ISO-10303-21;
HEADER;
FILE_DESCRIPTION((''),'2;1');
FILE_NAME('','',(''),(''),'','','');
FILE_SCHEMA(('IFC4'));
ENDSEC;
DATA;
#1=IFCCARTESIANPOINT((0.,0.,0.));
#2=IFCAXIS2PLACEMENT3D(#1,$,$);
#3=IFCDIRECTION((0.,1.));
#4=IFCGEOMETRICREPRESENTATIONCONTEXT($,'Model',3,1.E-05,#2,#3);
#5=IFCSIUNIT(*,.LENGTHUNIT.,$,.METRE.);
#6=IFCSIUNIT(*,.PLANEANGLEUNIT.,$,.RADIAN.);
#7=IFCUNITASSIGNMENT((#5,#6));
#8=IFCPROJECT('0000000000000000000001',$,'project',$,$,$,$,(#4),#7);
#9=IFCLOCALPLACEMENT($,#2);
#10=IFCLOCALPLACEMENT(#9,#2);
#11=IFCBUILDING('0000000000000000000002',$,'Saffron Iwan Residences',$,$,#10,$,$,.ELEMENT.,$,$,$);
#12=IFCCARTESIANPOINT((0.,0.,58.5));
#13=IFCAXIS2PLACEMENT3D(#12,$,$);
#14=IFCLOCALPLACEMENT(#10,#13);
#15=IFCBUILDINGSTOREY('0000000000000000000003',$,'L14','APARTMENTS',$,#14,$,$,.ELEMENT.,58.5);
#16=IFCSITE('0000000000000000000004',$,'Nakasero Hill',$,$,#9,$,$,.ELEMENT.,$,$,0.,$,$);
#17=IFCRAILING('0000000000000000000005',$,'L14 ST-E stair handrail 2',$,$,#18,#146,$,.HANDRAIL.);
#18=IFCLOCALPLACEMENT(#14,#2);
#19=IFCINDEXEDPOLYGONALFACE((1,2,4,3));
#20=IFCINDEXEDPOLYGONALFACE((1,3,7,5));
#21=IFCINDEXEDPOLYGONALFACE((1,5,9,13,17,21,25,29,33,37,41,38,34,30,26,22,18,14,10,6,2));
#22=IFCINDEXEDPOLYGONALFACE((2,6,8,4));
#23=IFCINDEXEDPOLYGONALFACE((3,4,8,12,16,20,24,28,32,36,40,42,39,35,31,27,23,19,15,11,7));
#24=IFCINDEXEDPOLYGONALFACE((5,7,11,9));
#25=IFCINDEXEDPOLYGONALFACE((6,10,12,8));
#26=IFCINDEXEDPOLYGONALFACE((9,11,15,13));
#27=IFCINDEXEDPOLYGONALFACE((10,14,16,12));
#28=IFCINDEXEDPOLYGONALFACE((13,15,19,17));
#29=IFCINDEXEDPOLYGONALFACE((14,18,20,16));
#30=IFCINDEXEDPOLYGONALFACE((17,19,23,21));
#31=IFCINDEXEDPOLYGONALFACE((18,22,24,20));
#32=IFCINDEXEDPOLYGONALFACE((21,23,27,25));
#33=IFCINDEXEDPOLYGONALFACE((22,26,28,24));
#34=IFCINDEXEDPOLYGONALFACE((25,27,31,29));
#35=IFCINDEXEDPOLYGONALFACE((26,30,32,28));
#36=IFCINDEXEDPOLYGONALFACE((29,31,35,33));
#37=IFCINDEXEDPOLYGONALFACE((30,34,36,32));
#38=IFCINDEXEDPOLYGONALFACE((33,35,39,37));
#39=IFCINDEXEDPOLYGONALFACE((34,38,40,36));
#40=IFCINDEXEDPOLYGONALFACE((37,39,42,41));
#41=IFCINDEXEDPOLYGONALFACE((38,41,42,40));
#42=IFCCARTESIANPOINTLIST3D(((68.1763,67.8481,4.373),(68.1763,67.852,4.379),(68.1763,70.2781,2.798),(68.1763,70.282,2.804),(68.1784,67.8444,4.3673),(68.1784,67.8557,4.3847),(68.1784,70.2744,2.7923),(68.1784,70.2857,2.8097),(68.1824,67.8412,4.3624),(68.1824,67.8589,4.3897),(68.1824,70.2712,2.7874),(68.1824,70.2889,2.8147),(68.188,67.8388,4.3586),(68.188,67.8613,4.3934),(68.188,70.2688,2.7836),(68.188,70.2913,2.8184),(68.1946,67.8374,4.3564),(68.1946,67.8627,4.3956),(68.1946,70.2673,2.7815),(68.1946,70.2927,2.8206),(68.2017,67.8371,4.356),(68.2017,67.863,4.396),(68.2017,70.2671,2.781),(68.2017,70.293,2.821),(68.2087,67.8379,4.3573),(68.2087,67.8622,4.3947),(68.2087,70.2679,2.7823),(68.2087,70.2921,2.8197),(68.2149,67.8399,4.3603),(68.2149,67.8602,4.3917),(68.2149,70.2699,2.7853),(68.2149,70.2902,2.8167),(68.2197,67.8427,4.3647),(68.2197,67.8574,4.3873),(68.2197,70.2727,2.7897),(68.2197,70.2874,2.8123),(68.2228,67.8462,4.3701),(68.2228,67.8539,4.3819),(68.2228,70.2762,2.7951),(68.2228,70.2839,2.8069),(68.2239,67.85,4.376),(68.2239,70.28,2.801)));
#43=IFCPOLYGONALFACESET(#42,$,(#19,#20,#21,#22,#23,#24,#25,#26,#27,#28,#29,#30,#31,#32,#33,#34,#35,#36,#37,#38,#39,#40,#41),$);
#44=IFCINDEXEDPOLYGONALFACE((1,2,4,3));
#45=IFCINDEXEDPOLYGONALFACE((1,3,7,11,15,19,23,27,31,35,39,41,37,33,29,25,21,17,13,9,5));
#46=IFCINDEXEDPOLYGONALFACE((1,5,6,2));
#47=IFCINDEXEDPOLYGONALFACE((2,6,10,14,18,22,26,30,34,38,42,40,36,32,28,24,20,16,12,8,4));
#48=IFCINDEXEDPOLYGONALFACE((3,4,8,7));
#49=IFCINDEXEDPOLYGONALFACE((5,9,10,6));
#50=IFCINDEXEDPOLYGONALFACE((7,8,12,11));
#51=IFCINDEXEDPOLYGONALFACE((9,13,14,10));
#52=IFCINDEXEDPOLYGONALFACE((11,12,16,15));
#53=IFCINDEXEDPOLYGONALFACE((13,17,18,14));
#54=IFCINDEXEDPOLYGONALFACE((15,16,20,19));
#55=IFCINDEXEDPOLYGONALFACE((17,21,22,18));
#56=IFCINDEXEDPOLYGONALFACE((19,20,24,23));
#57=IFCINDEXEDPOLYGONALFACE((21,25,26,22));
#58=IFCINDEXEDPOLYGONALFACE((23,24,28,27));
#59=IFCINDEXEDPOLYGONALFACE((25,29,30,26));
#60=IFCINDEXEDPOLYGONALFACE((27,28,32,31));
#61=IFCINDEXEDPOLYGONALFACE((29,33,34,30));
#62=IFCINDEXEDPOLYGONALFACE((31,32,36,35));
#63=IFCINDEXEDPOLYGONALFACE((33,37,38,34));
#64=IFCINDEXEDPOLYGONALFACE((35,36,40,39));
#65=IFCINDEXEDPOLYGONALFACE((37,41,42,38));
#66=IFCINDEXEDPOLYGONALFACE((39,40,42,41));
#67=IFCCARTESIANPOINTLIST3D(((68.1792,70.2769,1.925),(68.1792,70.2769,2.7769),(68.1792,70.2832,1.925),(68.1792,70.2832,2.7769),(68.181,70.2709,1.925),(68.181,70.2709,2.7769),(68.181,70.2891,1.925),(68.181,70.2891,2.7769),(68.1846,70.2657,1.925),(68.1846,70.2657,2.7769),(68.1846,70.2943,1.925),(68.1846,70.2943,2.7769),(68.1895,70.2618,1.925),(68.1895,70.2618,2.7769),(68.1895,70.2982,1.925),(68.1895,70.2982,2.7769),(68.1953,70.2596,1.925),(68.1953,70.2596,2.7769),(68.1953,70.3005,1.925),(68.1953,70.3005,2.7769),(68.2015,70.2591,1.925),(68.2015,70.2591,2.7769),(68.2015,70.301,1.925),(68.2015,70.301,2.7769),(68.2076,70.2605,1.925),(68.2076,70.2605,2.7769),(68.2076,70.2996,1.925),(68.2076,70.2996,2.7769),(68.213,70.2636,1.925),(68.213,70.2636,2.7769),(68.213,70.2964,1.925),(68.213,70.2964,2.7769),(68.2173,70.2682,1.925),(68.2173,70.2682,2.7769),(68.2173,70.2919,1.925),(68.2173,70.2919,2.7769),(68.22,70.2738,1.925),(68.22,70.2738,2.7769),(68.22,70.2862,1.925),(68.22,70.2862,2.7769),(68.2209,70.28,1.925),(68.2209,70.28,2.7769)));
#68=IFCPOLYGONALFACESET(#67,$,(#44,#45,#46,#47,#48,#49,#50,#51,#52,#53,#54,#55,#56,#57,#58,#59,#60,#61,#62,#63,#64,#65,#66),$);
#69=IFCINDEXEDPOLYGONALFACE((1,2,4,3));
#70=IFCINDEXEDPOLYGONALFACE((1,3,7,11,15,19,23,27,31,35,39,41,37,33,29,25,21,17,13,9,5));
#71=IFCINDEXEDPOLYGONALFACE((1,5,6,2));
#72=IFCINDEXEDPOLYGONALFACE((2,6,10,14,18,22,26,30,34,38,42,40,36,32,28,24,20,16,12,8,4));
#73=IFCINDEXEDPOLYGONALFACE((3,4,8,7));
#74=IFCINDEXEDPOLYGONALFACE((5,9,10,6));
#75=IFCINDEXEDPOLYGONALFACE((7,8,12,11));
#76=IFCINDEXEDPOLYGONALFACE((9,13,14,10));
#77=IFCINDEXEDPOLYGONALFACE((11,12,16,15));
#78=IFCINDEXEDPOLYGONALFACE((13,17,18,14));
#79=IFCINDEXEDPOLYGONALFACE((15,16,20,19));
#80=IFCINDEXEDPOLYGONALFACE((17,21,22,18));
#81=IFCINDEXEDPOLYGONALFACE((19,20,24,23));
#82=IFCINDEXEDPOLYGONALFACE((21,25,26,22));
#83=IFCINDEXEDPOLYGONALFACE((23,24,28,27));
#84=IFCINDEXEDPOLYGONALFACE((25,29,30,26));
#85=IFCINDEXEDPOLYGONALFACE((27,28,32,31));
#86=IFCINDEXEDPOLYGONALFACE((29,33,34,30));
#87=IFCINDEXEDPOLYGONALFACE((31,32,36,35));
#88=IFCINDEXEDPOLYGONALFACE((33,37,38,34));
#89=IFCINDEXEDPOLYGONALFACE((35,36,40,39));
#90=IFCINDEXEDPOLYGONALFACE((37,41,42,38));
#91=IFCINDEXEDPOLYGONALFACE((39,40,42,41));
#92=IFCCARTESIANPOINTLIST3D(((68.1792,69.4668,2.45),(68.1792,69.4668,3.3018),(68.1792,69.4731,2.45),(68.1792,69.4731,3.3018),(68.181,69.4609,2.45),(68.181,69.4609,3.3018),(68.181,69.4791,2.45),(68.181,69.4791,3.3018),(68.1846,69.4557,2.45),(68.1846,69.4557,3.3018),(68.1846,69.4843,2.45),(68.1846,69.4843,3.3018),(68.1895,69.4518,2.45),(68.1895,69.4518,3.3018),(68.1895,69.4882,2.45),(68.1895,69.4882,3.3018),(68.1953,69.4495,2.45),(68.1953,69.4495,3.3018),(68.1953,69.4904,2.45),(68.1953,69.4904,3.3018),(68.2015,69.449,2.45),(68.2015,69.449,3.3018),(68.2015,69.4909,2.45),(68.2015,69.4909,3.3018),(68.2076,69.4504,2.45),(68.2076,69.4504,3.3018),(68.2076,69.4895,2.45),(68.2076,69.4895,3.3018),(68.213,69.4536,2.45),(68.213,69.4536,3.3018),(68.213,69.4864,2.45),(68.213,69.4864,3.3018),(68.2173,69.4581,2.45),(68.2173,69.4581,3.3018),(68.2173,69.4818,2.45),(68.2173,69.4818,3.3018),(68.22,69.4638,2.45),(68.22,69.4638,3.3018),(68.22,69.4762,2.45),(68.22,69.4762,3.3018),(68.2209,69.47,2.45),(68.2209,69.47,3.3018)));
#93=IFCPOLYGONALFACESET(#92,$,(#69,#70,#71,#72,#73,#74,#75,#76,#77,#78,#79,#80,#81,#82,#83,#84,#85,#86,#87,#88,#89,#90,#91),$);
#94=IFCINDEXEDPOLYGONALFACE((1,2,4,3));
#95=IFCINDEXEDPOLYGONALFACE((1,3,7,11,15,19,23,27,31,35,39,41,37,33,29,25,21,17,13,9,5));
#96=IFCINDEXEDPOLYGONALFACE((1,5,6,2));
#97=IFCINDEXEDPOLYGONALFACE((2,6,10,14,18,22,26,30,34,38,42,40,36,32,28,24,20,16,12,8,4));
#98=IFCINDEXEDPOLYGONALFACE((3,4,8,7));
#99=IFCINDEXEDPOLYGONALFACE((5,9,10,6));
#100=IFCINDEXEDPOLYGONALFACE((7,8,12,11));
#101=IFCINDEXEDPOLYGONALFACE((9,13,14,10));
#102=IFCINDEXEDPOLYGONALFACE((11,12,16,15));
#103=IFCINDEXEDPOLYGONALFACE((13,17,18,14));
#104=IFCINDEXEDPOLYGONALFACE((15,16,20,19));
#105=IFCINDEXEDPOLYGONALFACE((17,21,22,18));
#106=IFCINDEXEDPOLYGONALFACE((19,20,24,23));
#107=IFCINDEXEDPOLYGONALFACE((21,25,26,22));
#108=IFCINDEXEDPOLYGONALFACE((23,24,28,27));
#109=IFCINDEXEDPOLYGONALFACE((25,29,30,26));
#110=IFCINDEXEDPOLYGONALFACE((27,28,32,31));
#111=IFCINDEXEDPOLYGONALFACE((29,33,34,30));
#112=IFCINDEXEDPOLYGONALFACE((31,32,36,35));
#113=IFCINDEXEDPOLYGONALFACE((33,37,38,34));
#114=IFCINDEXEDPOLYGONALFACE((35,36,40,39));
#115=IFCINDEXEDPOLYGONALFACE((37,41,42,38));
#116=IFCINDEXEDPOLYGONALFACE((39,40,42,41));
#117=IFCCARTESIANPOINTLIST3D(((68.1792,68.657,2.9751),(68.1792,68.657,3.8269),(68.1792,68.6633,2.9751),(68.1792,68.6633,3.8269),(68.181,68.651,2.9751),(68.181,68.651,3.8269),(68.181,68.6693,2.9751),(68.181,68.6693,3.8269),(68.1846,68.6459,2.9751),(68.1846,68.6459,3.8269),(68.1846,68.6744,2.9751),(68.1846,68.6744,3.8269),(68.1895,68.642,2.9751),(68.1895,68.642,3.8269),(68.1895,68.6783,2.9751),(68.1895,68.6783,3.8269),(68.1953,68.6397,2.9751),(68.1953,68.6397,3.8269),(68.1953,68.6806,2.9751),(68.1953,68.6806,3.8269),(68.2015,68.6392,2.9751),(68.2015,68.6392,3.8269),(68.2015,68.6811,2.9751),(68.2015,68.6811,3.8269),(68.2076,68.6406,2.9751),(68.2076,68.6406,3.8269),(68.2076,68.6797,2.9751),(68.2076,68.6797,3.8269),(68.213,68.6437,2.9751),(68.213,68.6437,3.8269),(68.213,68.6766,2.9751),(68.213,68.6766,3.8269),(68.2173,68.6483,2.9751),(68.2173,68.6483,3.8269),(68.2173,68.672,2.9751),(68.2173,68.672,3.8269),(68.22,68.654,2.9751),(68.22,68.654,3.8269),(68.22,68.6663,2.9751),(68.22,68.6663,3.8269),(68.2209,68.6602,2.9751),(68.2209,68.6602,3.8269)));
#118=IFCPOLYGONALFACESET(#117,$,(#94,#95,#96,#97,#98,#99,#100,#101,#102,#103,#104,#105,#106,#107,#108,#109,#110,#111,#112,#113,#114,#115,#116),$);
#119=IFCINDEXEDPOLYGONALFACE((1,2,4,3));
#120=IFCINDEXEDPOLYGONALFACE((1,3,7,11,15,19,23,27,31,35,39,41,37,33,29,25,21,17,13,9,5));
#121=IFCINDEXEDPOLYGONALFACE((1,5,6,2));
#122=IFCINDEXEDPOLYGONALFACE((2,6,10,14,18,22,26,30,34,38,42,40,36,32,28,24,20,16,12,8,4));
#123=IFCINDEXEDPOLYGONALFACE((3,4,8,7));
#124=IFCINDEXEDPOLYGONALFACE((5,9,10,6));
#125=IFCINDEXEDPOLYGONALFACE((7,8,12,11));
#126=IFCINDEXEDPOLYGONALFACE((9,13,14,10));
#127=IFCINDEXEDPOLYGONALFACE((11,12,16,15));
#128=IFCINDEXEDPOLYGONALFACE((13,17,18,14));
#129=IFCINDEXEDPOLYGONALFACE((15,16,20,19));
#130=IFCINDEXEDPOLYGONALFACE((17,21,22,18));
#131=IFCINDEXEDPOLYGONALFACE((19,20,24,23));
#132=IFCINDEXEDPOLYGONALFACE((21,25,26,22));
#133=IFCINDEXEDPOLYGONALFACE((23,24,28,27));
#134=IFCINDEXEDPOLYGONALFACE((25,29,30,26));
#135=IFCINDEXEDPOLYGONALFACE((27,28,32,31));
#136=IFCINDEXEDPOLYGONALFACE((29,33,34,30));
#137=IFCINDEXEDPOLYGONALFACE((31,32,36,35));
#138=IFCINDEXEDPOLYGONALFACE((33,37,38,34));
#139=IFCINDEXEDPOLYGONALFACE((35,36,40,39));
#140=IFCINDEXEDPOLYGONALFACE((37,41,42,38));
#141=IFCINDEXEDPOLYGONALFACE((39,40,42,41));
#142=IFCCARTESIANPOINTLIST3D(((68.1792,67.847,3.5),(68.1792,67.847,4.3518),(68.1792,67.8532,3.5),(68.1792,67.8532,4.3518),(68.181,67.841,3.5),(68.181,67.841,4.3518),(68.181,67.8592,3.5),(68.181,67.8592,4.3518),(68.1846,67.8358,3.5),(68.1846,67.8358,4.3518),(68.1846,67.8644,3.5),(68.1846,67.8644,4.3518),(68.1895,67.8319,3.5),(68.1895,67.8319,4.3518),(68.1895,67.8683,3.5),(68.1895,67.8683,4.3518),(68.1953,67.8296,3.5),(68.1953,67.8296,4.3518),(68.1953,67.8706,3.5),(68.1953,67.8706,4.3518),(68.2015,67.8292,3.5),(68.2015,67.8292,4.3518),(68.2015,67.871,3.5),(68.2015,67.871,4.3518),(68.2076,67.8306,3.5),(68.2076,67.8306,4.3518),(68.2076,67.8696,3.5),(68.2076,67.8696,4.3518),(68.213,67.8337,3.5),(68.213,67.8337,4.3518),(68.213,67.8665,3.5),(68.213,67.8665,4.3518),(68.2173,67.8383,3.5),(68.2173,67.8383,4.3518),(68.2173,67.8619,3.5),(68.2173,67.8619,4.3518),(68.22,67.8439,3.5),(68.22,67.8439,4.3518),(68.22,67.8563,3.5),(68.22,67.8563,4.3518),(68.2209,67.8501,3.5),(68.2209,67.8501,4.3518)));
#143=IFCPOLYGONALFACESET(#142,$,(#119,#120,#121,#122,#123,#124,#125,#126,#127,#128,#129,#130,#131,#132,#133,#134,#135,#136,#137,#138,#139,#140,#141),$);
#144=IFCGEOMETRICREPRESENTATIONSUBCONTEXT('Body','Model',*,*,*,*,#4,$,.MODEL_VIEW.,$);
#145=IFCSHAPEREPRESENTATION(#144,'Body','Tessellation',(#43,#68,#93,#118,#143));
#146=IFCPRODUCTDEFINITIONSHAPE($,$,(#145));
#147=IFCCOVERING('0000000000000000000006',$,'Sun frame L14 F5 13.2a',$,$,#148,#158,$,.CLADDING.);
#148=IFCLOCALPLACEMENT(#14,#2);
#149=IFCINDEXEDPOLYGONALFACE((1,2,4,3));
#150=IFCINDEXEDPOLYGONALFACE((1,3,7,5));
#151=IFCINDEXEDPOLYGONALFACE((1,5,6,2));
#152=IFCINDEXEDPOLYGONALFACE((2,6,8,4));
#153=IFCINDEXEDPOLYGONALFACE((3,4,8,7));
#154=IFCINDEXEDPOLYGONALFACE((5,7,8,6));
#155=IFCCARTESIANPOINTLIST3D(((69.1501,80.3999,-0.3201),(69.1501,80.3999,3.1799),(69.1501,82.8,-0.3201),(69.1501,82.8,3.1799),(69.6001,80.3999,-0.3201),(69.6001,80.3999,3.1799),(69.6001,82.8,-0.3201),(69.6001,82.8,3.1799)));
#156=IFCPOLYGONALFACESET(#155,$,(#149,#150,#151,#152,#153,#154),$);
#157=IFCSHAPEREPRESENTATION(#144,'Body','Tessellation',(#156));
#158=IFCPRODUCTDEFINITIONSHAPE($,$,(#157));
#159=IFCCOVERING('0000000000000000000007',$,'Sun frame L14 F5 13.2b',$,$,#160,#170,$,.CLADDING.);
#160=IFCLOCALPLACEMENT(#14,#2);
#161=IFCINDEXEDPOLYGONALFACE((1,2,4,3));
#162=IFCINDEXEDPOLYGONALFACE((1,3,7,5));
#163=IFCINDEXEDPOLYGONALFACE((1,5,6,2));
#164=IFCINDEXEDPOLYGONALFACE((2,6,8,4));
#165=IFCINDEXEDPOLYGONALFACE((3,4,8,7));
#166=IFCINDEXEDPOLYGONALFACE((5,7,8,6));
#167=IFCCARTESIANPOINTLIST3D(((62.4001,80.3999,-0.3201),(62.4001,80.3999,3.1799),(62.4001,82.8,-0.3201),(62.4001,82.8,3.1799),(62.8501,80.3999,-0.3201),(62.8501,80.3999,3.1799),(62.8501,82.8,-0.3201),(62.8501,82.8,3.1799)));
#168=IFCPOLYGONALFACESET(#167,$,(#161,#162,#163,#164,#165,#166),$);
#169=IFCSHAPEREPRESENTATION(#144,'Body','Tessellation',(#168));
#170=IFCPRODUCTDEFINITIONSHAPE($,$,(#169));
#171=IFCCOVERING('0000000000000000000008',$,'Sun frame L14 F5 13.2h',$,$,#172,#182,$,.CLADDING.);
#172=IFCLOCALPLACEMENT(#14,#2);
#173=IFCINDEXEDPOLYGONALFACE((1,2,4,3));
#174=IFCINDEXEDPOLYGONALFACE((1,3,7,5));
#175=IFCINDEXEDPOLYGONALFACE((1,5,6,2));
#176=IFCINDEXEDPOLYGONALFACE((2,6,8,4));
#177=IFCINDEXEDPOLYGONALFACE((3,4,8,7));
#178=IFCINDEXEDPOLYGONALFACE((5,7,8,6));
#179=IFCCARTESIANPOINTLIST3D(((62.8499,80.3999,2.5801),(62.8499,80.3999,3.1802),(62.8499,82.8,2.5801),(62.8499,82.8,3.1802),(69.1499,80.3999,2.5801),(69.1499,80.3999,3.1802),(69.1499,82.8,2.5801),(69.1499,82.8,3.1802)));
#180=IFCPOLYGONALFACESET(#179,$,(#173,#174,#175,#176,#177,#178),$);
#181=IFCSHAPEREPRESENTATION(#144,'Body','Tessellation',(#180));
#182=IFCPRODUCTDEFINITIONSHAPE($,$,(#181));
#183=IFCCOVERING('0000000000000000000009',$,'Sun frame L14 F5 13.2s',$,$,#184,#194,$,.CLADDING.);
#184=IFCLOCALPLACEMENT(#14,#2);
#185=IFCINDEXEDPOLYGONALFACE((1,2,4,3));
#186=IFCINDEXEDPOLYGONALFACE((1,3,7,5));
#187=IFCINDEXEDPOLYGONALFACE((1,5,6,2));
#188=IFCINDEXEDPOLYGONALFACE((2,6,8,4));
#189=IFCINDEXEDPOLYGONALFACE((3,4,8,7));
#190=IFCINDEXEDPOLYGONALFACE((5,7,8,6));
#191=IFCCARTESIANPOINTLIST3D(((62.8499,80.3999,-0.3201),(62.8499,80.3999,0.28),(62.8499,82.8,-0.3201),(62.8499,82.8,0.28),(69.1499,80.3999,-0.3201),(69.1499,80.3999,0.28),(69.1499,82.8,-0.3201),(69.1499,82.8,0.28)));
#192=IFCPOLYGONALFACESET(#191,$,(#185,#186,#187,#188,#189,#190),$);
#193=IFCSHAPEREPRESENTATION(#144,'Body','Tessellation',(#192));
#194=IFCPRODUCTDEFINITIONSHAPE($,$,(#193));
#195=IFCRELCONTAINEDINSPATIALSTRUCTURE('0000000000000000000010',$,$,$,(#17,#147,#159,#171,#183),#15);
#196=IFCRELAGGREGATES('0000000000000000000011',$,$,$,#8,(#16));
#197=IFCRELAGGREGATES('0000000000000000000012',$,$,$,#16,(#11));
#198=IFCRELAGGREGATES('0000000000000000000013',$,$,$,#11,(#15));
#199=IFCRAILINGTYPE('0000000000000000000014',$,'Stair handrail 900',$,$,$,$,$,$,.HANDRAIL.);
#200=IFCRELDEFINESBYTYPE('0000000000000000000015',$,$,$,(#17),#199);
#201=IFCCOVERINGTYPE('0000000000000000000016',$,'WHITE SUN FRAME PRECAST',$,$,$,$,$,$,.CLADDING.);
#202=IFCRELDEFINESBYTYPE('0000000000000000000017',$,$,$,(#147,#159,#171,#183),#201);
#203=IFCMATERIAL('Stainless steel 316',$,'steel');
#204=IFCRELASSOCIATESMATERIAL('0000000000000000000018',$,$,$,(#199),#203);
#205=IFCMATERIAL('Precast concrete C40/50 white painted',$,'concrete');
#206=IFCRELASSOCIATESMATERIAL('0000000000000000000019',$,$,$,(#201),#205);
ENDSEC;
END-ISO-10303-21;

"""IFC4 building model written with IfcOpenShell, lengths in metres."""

from ifc_helpers import new_model, si_unit, direction, frame, origin, origin_2d, place, context, subcontext, project, spatial, polyline, circle, outline, extrude, material, type_object, element, save


model = new_model("IFC4")

# Units and contexts
model_context = context("Model", 3, precision=1e-05, world=origin(), true_north=direction((0.0, 1.0)))
body_context = subcontext(model_context, "Body", "Model", "MODEL_VIEW")
ifc_project = project(units=[si_unit("LENGTHUNIT", "METRE"), si_unit("PLANEANGLEUNIT", "RADIAN")], contexts=[model_context])

# Site, building, storey
site_placement = place(None, origin())
site = spatial("IfcSite", under=ifc_project, at=site_placement, Name="Nakasero Hill", CompositionType="ELEMENT", RefElevation=0.0)
building_placement = place(site_placement, origin())
building = spatial("IfcBuilding", under=site, at=building_placement, Name="Saffron Iwan Residences", CompositionType="ELEMENT")
storey_placement = place(building_placement, frame((0.0, 0.0, 58.5)))
storey = spatial("IfcBuildingStorey", under=building, at=storey_placement, Name="L14", Description="APARTMENTS", CompositionType="ELEMENT", Elevation=58.5)

# Railing
ifc_material_1 = material(Name="Stainless steel 316", Category="steel")
railing_type_1 = type_object("IfcRailingType", Name="Stair handrail 900", PredefinedType="HANDRAIL", material=ifc_material_1)
railing_1_placement = place(storey_placement, frame((68.2, 70.28, 1.925)))
element("IfcRailing", 1, at=railing_1_placement, inside=storey, type_object=railing_type_1, Name="L14 ST-E stair handrail 2", PredefinedType="HANDRAIL", context=body_context, shape_type="SweptSolid", body=[
    extrude(circle(Radius=0.0239, at=origin_2d()), frame((0.0, 0.0, 0.876), z_axis=(0.0, -0.839154, 0.543894), x_axis=(1.0, 0.0, 0.0)), (0.0, 0.0, 1.0), 2.8958),
    extrude(circle(Radius=0.021, at=origin_2d()), origin(), (0.0, 0.0, 1.0), 0.8518),
    extrude(circle(Radius=0.021, at=origin_2d()), frame((0.0, -0.8101, 0.5249)), (0.0, 0.0, 1.0), 0.8518),
    extrude(circle(Radius=0.021, at=origin_2d()), frame((0.0, -1.6199, 1.05)), (0.0, 0.0, 1.0), 0.8518),
    extrude(circle(Radius=0.021, at=origin_2d()), frame((0.0, -2.4299, 1.575)), (0.0, 0.0, 1.0), 0.8518),
])

# Coverings
ifc_material_2 = material(Name="Precast concrete C40/50 white painted", Category="concrete")
covering_type_1 = type_object("IfcCoveringType", Name="WHITE SUN FRAME PRECAST", PredefinedType="CLADDING", material=ifc_material_2)
for number, where, z_axis, x_axis, name in (
    (2, (69.6001, 80.3999, -0.3201), (0.0, 1.0, 0.0), (-1.0, 0.0, 0.0), "Sun frame L14 F5 13.2a"),
    (3, (62.8501, 80.3999, -0.3201), (0.0, 1.0, 0.0), (-1.0, 0.0, 0.0), "Sun frame L14 F5 13.2b"),
):
    element("IfcCovering", number, at=place(storey_placement, frame(where, z_axis=z_axis, x_axis=x_axis)), inside=storey, type_object=covering_type_1, Name=name, PredefinedType="CLADDING", context=body_context, shape_type="SweptSolid", body=[
        extrude(outline(polyline([(0.0, 0.0), (0.45, 0.0), (0.45, 3.5), (0.0, 3.5), (0.0, 0.0)])), origin(), (0.0, 0.0, 1.0), 2.4001),
    ])
for number, where, z_axis, x_axis, name in (
    (4, (69.1499, 80.3999, 2.5801), (0.0, 1.0, 0.0), (-1.0, 0.0, 0.0), "Sun frame L14 F5 13.2h"),
    (5, (69.1499, 80.3999, -0.3201), (0.0, 1.0, 0.0), (-1.0, 0.0, 0.0), "Sun frame L14 F5 13.2s"),
):
    element("IfcCovering", number, at=place(storey_placement, frame(where, z_axis=z_axis, x_axis=x_axis)), inside=storey, type_object=covering_type_1, Name=name, PredefinedType="CLADDING", context=body_context, shape_type="SweptSolid", body=[
        extrude(outline(polyline([(0.0, 0.0), (6.3, 0.0), (6.3, 0.6001), (0.0, 0.6001), (0.0, 0.0)])), origin(), (0.0, 0.0, 1.0), 2.4001),
    ])

save(model, "model.ifc")
